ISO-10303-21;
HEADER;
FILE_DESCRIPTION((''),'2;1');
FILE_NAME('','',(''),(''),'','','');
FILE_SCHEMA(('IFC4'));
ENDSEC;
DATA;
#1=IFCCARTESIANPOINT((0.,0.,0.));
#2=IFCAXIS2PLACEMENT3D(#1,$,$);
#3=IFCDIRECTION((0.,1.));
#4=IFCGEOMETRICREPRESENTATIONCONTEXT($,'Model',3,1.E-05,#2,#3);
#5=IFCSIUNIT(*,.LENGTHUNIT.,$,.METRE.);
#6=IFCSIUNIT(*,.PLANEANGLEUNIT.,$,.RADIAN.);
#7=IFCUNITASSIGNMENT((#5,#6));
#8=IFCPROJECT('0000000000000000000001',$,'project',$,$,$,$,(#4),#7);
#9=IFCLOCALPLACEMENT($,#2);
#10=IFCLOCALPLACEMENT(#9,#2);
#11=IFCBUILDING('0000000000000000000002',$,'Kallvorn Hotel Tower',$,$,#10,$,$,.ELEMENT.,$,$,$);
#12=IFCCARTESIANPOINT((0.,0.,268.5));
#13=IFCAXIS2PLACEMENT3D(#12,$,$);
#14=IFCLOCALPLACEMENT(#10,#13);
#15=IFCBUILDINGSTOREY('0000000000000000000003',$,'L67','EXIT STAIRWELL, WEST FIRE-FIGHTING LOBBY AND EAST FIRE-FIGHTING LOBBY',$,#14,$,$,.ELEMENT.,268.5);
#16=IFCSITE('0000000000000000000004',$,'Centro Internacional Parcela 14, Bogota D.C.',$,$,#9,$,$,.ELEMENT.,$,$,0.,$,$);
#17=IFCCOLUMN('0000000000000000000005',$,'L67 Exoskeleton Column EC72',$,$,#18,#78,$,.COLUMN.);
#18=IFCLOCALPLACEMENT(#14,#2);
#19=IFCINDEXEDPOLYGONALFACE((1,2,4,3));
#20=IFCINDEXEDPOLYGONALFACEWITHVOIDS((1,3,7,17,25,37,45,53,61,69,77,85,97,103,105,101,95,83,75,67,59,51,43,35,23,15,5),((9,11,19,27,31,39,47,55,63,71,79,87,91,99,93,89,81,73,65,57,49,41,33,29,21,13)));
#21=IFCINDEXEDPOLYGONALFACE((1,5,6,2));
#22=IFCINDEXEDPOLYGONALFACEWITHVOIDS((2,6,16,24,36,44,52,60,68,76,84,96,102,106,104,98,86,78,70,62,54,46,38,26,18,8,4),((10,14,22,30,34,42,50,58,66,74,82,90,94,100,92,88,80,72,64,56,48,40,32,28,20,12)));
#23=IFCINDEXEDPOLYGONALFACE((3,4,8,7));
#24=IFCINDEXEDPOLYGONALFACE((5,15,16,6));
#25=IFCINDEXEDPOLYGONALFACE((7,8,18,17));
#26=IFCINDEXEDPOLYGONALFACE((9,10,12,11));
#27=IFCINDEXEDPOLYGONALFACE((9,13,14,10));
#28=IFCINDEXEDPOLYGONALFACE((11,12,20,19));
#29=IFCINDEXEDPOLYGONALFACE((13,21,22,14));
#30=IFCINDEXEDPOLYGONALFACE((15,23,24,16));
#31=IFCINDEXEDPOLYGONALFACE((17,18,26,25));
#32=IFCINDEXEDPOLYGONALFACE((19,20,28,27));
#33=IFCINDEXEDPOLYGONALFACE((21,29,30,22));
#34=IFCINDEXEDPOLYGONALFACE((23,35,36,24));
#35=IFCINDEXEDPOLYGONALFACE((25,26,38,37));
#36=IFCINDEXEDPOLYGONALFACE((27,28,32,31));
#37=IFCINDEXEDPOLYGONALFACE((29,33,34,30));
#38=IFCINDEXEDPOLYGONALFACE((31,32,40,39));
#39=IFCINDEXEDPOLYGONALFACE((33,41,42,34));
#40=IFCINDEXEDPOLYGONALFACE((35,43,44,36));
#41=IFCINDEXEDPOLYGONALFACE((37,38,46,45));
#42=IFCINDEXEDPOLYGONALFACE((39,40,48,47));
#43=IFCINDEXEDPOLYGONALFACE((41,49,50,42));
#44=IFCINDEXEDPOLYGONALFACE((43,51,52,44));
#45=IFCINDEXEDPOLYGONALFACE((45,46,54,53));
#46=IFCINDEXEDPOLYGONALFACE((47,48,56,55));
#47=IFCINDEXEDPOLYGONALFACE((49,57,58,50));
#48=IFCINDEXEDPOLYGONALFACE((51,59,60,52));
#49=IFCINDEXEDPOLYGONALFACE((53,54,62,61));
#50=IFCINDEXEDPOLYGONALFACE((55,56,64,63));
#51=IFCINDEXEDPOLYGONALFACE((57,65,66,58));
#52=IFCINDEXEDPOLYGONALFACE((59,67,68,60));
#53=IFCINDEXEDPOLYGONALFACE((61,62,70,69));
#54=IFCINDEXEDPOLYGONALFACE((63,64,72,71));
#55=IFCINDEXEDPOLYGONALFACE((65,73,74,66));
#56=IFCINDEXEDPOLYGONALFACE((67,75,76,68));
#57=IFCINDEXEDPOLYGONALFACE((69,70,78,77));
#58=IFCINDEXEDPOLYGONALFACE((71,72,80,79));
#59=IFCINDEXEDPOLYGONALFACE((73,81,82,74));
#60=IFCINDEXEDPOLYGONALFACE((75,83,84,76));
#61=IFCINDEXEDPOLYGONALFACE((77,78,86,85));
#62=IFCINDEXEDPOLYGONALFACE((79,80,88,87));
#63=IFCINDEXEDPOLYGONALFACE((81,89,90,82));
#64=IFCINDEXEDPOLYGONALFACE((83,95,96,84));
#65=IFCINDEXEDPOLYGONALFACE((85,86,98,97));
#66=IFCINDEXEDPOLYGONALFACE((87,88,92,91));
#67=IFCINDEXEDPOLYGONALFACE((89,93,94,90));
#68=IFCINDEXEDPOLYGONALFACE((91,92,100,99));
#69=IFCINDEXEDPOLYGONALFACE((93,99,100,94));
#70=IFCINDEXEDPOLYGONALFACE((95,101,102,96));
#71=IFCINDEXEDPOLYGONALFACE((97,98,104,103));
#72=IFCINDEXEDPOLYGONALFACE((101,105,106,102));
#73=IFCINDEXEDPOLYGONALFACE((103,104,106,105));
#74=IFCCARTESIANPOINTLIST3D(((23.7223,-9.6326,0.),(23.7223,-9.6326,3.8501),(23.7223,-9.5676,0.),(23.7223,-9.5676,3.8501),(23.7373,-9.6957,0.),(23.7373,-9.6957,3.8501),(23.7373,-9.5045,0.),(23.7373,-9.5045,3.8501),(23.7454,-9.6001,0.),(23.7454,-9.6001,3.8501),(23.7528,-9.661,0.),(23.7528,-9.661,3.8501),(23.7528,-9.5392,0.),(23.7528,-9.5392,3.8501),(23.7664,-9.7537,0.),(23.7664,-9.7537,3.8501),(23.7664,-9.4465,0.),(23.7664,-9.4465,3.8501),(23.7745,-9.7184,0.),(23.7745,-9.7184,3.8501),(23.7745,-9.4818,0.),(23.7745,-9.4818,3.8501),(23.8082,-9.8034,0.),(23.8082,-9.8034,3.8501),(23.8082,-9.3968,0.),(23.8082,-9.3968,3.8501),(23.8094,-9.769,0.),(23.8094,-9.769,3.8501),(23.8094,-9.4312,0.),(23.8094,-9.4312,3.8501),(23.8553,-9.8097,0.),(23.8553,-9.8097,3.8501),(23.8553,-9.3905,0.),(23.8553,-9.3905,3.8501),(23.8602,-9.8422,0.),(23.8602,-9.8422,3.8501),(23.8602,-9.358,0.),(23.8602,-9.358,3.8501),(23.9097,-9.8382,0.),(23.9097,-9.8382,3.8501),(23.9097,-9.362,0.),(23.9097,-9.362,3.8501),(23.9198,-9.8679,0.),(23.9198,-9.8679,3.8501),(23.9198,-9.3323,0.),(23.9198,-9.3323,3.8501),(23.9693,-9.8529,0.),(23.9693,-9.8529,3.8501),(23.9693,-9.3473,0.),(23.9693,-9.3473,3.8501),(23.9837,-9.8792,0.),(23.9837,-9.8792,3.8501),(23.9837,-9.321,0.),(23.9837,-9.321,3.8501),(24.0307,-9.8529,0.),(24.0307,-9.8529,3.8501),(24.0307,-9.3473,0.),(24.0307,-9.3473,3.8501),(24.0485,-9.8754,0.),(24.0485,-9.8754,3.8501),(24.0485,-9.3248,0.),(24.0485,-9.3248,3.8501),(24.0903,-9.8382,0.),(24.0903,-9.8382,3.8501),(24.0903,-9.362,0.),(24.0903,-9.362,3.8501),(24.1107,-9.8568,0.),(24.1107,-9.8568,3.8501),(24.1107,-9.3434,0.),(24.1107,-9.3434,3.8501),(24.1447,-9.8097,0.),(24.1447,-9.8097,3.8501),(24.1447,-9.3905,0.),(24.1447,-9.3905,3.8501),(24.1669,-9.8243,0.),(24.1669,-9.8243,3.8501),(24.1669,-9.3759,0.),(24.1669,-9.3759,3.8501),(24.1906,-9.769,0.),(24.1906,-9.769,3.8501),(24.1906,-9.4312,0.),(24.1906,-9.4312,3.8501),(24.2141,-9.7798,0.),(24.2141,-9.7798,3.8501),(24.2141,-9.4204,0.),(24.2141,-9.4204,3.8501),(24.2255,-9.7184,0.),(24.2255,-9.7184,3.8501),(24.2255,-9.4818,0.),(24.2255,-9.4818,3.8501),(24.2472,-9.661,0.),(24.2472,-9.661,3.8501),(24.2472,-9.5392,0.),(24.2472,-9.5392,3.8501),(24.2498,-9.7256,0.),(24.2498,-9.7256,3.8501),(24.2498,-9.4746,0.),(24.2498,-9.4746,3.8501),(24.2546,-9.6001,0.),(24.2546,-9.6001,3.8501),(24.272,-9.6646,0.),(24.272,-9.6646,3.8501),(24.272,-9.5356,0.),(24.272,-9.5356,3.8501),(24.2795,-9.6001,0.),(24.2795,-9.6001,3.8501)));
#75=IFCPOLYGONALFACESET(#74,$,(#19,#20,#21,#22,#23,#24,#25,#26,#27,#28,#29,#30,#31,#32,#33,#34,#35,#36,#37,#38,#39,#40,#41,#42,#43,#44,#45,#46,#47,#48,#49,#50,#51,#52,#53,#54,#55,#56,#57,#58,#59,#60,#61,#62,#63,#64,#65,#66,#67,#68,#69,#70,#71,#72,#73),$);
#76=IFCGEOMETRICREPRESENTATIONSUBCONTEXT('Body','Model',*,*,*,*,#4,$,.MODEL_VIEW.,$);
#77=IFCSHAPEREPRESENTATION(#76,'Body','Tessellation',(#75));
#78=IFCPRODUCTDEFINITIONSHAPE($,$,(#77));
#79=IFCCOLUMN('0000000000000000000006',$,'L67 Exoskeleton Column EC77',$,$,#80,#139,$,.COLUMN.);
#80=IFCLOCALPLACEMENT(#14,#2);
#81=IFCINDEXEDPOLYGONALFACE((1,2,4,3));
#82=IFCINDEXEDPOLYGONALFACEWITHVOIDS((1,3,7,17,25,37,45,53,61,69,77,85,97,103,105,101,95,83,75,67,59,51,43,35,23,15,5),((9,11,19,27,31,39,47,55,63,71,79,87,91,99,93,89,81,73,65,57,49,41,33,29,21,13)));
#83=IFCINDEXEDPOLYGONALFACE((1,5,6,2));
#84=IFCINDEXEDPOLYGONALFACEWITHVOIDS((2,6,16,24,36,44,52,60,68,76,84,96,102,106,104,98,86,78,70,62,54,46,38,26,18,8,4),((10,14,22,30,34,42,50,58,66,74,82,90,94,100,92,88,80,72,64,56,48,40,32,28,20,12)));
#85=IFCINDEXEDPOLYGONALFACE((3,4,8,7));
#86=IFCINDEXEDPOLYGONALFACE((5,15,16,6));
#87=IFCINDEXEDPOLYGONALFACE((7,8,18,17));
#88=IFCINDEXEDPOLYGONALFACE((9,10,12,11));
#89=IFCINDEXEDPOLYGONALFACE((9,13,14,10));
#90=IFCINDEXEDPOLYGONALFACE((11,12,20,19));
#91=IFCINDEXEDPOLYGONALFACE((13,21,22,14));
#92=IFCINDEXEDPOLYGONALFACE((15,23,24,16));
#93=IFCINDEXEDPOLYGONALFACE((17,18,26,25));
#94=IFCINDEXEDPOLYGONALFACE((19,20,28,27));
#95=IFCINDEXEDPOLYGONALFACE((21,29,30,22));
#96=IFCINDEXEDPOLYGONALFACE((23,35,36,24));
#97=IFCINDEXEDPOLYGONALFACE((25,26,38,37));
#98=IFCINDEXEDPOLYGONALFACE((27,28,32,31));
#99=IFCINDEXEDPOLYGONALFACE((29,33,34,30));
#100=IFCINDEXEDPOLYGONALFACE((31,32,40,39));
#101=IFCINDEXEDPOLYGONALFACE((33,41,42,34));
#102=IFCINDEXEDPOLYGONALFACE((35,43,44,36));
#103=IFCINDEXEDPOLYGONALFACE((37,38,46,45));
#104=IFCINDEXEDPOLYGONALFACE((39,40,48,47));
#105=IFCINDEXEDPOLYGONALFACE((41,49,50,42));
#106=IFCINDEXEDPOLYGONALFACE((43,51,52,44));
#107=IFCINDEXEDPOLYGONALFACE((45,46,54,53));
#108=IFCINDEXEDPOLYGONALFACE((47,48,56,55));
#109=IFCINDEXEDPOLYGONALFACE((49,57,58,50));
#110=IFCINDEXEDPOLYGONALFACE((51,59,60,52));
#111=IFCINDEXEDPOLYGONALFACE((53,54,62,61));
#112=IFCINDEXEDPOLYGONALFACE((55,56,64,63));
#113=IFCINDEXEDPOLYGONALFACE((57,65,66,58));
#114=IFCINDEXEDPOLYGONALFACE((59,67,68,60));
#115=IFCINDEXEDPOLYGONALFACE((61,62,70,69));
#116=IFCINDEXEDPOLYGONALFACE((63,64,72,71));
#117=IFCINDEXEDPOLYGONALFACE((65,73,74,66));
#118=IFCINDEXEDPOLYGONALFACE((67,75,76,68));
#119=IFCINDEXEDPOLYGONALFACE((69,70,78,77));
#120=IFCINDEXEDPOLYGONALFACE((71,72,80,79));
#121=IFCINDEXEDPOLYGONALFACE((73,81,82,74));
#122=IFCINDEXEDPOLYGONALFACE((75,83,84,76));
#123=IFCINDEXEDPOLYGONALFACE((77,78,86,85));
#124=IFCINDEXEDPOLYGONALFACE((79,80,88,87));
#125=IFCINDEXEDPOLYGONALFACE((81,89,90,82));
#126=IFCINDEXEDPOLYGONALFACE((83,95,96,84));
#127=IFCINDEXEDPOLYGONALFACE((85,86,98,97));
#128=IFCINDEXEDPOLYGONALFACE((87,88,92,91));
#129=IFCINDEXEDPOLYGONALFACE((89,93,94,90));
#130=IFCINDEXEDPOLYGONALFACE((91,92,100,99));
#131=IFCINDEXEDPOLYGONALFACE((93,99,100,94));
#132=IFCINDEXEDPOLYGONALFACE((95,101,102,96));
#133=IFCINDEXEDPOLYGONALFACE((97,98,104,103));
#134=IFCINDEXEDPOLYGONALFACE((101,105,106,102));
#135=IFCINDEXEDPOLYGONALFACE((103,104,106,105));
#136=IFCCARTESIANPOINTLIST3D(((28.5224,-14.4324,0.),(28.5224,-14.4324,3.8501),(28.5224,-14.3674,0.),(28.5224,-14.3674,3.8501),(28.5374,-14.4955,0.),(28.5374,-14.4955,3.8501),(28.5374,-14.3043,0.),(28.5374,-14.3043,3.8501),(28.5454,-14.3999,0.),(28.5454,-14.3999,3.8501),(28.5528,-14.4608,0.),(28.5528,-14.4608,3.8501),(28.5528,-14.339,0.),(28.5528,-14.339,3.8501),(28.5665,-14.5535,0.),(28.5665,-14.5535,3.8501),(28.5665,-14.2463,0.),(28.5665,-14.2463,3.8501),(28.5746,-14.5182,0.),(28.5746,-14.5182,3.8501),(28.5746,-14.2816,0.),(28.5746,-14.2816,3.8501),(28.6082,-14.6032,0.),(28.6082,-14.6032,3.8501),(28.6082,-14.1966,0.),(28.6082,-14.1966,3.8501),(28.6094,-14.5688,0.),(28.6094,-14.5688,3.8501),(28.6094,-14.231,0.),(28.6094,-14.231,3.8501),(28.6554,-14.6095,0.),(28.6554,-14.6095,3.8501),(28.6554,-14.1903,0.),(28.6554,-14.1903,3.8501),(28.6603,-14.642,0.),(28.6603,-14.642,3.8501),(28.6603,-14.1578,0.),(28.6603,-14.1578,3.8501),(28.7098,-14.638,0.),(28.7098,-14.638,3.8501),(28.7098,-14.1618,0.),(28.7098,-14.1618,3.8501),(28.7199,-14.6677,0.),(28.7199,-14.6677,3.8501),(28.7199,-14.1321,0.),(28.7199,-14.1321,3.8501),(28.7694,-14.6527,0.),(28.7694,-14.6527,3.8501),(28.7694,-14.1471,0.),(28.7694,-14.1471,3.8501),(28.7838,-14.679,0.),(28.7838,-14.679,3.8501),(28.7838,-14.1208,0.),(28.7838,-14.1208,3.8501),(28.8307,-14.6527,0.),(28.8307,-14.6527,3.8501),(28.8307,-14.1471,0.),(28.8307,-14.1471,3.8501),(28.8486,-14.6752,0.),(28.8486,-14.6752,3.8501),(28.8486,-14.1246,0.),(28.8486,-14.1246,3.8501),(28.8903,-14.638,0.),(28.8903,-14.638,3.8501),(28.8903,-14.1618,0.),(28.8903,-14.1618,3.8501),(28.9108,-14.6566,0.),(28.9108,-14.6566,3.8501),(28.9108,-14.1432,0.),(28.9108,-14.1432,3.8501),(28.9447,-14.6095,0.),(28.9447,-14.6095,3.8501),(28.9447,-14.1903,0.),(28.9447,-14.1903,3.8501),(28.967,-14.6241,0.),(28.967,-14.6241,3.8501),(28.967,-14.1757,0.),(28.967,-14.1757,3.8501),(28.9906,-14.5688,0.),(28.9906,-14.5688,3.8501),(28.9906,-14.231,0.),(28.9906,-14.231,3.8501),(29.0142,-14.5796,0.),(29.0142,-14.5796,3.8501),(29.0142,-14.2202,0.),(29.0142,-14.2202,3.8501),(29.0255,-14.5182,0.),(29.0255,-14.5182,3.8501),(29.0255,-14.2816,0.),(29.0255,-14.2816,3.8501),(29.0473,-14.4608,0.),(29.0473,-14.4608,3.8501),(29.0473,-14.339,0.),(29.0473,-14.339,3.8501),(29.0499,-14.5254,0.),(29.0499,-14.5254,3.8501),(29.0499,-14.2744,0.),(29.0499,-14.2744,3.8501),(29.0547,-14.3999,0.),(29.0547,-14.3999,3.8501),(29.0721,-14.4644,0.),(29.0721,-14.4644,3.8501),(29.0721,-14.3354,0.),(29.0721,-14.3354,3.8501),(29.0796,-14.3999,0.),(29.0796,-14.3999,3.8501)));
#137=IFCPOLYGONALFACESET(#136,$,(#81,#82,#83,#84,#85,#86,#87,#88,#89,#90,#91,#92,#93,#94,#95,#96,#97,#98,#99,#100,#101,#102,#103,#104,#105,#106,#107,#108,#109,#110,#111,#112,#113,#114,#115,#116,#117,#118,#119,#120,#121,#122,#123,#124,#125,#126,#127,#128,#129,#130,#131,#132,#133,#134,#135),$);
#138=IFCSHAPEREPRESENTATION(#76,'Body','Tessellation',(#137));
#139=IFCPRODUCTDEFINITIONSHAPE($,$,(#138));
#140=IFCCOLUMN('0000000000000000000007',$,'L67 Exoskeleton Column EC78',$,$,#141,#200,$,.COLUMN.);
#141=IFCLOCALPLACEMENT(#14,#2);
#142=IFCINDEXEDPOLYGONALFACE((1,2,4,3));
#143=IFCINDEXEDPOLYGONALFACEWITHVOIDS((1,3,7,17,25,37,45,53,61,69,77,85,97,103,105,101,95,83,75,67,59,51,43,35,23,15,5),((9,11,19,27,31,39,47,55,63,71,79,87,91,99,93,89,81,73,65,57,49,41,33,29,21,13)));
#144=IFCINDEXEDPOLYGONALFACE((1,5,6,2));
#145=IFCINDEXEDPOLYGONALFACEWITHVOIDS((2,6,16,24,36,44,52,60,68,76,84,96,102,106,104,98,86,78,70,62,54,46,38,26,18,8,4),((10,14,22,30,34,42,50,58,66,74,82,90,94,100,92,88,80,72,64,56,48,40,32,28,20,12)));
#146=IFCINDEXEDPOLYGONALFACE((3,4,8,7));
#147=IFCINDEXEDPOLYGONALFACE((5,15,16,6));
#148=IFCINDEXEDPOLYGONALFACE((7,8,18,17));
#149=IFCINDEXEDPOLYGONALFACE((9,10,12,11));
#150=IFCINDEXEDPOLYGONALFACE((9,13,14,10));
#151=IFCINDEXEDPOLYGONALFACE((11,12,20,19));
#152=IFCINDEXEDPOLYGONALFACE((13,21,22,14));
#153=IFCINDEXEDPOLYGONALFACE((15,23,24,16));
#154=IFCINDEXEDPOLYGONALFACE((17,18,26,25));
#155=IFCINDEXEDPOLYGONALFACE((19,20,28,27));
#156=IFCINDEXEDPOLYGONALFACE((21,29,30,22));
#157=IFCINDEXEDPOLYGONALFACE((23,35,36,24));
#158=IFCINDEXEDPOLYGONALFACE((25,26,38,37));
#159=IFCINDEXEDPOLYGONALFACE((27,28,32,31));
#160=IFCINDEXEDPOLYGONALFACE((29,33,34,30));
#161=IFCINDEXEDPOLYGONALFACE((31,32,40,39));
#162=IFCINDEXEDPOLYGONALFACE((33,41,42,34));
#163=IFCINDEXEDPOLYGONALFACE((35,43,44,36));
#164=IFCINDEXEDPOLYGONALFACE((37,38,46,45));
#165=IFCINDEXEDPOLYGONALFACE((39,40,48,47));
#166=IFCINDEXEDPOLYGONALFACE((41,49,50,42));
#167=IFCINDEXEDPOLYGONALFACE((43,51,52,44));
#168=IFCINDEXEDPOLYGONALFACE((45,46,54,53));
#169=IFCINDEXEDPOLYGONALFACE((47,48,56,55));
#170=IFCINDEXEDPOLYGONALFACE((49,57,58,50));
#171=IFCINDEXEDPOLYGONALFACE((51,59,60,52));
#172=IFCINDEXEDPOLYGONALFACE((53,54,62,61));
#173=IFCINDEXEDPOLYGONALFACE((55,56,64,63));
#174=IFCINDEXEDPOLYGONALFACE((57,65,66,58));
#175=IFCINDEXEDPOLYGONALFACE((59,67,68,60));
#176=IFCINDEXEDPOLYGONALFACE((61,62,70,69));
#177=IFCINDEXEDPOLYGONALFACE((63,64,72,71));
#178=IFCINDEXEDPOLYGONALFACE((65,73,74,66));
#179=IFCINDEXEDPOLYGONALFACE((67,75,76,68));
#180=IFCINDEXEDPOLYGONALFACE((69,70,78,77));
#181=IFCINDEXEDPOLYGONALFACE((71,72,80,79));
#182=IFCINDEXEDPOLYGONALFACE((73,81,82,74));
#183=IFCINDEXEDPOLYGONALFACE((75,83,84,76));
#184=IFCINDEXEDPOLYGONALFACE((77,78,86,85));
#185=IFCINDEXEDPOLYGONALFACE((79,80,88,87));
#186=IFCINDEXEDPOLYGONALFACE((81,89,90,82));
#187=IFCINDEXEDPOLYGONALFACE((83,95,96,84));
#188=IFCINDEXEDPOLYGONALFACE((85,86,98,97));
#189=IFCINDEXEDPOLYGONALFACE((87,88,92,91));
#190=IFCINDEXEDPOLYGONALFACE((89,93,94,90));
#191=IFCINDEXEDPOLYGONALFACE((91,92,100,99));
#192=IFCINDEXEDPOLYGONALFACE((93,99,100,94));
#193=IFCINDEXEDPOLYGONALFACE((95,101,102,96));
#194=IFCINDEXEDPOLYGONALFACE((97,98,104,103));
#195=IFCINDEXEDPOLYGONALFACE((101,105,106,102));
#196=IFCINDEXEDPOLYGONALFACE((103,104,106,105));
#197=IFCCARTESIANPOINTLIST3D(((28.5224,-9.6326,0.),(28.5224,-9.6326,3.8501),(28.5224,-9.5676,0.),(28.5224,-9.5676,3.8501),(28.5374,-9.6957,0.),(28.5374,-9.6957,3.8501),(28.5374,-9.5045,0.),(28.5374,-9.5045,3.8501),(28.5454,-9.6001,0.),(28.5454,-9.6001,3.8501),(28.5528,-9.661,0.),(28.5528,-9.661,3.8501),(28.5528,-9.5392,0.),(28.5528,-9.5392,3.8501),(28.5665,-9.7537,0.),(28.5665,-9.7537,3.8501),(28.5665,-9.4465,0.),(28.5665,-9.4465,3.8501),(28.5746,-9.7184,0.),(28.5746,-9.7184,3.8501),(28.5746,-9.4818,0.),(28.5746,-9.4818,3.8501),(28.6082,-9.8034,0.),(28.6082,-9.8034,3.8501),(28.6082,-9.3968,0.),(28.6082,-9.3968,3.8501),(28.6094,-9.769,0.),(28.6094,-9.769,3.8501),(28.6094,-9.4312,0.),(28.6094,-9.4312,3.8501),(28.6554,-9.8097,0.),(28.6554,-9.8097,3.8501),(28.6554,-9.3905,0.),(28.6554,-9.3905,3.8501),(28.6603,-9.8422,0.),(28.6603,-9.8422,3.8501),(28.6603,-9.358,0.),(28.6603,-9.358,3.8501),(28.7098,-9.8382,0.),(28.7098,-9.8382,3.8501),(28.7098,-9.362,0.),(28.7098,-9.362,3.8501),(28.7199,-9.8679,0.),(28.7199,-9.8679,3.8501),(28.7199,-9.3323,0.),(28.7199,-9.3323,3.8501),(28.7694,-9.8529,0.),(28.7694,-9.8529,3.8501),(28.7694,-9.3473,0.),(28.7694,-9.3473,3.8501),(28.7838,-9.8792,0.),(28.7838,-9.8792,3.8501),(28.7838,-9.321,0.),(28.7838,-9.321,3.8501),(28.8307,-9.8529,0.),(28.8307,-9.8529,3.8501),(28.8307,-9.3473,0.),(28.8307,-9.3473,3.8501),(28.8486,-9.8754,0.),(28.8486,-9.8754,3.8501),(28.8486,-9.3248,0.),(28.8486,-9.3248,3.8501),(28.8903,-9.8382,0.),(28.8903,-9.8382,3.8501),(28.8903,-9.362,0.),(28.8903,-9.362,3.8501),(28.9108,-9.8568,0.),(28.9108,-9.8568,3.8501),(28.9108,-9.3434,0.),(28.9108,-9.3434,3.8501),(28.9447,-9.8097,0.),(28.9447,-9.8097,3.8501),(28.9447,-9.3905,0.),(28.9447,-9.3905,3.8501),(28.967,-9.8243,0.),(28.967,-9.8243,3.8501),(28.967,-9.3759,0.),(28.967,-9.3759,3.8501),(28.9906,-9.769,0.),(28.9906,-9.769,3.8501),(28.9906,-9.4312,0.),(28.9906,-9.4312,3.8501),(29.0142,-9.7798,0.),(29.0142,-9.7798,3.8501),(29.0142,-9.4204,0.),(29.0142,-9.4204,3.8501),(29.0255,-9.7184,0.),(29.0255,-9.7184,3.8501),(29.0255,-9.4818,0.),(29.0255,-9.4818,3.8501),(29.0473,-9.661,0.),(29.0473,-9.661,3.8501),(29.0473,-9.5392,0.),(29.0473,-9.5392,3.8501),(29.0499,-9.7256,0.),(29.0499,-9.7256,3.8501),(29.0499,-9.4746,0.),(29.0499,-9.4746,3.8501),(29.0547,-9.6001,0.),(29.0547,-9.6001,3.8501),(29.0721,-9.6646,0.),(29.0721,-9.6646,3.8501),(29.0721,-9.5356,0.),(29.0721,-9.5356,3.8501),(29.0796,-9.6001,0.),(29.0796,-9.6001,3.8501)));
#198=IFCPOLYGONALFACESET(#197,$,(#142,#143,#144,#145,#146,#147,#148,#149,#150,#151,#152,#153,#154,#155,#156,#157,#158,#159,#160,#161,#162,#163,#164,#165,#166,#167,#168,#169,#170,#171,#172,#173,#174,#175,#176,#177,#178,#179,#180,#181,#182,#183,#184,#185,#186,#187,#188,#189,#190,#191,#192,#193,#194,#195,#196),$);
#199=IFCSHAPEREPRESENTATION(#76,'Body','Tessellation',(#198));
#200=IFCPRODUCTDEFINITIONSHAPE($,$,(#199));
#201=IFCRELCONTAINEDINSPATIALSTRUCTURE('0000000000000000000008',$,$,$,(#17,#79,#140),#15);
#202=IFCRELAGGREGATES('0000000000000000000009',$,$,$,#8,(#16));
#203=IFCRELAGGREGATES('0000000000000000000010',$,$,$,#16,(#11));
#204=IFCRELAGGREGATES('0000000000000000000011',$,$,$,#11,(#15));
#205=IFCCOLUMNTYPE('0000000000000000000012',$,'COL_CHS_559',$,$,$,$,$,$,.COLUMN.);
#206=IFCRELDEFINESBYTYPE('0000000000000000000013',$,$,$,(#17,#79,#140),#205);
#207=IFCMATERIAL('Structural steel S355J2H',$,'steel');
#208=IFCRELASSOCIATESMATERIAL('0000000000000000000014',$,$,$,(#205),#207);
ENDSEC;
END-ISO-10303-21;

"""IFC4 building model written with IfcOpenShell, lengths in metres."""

from ifc_helpers import new_model, si_unit, direction, frame, origin, origin_2d, place, context, subcontext, project, spatial, hollow_circle, extrude, material, material_profile, profile_set, type_object, element, save


model = new_model("IFC4")

# Units and contexts
model_context = context("Model", 3, precision=1e-05, world=origin(), true_north=direction((0.0, 1.0)))
body_context = subcontext(model_context, "Body", "Model", "MODEL_VIEW")
ifc_project = project(units=[si_unit("LENGTHUNIT", "METRE"), si_unit("PLANEANGLEUNIT", "RADIAN")], contexts=[model_context])

# Site, building, storey
site_placement = place(None, origin())
site = spatial("IfcSite", under=ifc_project, at=site_placement, Name="Centro Internacional Parcela 14, Bogota D.C.", CompositionType="ELEMENT", RefElevation=0.0)
building_placement = place(site_placement, origin())
building = spatial("IfcBuilding", under=site, at=building_placement, Name="Kallvorn Hotel Tower", CompositionType="ELEMENT")
storey_placement = place(building_placement, frame((0.0, 0.0, 268.5)))
storey = spatial("IfcBuildingStorey", under=building, at=storey_placement, Name="L67", Description="EXIT STAIRWELL, WEST FIRE-FIGHTING LOBBY AND EAST FIRE-FIGHTING LOBBY", CompositionType="ELEMENT", Elevation=268.5)

# Columns
ifc_material_1 = material(Name="Structural steel S355J2H", Category="steel")
ifc_material_profile_1 = material_profile(ifc_material_1, hollow_circle(Radius=0.2795, WallThickness=0.0249, at=origin_2d()), Name="CHS 559x25")
ifc_profile_set_1 = profile_set([ifc_material_profile_1], Name="Structural steel S355J2H")
column_type_1 = type_object("IfcColumnType", Name="COL_CHS_559", PredefinedType="COLUMN", material=ifc_profile_set_1)
for number, where, z_axis, x_axis, name in (
    (1, (24.0, -9.6001, 0.0), (0.0, 0.0, 1.0), (1.0, 0.0, 0.0), "L67 Exoskeleton Column EC72"),
    (2, (28.8, -14.3999, 0.0), (0.0, 0.0, 1.0), (1.0, 0.0, 0.0), "L67 Exoskeleton Column EC77"),
    (3, (28.8, -9.6001, 0.0), (0.0, 0.0, 1.0), (1.0, 0.0, 0.0), "L67 Exoskeleton Column EC78"),
):
    element("IfcColumn", number, at=place(storey_placement, frame(where, z_axis=z_axis, x_axis=x_axis)), inside=storey, type_object=column_type_1, Name=name, PredefinedType="COLUMN", context=body_context, shape_type="SweptSolid", body=[
        extrude(hollow_circle(Radius=0.2795, WallThickness=0.0249, at=origin_2d()), origin(), (0.0, 0.0, 1.0), 3.8501),
    ])

save(model, "model.ifc")
